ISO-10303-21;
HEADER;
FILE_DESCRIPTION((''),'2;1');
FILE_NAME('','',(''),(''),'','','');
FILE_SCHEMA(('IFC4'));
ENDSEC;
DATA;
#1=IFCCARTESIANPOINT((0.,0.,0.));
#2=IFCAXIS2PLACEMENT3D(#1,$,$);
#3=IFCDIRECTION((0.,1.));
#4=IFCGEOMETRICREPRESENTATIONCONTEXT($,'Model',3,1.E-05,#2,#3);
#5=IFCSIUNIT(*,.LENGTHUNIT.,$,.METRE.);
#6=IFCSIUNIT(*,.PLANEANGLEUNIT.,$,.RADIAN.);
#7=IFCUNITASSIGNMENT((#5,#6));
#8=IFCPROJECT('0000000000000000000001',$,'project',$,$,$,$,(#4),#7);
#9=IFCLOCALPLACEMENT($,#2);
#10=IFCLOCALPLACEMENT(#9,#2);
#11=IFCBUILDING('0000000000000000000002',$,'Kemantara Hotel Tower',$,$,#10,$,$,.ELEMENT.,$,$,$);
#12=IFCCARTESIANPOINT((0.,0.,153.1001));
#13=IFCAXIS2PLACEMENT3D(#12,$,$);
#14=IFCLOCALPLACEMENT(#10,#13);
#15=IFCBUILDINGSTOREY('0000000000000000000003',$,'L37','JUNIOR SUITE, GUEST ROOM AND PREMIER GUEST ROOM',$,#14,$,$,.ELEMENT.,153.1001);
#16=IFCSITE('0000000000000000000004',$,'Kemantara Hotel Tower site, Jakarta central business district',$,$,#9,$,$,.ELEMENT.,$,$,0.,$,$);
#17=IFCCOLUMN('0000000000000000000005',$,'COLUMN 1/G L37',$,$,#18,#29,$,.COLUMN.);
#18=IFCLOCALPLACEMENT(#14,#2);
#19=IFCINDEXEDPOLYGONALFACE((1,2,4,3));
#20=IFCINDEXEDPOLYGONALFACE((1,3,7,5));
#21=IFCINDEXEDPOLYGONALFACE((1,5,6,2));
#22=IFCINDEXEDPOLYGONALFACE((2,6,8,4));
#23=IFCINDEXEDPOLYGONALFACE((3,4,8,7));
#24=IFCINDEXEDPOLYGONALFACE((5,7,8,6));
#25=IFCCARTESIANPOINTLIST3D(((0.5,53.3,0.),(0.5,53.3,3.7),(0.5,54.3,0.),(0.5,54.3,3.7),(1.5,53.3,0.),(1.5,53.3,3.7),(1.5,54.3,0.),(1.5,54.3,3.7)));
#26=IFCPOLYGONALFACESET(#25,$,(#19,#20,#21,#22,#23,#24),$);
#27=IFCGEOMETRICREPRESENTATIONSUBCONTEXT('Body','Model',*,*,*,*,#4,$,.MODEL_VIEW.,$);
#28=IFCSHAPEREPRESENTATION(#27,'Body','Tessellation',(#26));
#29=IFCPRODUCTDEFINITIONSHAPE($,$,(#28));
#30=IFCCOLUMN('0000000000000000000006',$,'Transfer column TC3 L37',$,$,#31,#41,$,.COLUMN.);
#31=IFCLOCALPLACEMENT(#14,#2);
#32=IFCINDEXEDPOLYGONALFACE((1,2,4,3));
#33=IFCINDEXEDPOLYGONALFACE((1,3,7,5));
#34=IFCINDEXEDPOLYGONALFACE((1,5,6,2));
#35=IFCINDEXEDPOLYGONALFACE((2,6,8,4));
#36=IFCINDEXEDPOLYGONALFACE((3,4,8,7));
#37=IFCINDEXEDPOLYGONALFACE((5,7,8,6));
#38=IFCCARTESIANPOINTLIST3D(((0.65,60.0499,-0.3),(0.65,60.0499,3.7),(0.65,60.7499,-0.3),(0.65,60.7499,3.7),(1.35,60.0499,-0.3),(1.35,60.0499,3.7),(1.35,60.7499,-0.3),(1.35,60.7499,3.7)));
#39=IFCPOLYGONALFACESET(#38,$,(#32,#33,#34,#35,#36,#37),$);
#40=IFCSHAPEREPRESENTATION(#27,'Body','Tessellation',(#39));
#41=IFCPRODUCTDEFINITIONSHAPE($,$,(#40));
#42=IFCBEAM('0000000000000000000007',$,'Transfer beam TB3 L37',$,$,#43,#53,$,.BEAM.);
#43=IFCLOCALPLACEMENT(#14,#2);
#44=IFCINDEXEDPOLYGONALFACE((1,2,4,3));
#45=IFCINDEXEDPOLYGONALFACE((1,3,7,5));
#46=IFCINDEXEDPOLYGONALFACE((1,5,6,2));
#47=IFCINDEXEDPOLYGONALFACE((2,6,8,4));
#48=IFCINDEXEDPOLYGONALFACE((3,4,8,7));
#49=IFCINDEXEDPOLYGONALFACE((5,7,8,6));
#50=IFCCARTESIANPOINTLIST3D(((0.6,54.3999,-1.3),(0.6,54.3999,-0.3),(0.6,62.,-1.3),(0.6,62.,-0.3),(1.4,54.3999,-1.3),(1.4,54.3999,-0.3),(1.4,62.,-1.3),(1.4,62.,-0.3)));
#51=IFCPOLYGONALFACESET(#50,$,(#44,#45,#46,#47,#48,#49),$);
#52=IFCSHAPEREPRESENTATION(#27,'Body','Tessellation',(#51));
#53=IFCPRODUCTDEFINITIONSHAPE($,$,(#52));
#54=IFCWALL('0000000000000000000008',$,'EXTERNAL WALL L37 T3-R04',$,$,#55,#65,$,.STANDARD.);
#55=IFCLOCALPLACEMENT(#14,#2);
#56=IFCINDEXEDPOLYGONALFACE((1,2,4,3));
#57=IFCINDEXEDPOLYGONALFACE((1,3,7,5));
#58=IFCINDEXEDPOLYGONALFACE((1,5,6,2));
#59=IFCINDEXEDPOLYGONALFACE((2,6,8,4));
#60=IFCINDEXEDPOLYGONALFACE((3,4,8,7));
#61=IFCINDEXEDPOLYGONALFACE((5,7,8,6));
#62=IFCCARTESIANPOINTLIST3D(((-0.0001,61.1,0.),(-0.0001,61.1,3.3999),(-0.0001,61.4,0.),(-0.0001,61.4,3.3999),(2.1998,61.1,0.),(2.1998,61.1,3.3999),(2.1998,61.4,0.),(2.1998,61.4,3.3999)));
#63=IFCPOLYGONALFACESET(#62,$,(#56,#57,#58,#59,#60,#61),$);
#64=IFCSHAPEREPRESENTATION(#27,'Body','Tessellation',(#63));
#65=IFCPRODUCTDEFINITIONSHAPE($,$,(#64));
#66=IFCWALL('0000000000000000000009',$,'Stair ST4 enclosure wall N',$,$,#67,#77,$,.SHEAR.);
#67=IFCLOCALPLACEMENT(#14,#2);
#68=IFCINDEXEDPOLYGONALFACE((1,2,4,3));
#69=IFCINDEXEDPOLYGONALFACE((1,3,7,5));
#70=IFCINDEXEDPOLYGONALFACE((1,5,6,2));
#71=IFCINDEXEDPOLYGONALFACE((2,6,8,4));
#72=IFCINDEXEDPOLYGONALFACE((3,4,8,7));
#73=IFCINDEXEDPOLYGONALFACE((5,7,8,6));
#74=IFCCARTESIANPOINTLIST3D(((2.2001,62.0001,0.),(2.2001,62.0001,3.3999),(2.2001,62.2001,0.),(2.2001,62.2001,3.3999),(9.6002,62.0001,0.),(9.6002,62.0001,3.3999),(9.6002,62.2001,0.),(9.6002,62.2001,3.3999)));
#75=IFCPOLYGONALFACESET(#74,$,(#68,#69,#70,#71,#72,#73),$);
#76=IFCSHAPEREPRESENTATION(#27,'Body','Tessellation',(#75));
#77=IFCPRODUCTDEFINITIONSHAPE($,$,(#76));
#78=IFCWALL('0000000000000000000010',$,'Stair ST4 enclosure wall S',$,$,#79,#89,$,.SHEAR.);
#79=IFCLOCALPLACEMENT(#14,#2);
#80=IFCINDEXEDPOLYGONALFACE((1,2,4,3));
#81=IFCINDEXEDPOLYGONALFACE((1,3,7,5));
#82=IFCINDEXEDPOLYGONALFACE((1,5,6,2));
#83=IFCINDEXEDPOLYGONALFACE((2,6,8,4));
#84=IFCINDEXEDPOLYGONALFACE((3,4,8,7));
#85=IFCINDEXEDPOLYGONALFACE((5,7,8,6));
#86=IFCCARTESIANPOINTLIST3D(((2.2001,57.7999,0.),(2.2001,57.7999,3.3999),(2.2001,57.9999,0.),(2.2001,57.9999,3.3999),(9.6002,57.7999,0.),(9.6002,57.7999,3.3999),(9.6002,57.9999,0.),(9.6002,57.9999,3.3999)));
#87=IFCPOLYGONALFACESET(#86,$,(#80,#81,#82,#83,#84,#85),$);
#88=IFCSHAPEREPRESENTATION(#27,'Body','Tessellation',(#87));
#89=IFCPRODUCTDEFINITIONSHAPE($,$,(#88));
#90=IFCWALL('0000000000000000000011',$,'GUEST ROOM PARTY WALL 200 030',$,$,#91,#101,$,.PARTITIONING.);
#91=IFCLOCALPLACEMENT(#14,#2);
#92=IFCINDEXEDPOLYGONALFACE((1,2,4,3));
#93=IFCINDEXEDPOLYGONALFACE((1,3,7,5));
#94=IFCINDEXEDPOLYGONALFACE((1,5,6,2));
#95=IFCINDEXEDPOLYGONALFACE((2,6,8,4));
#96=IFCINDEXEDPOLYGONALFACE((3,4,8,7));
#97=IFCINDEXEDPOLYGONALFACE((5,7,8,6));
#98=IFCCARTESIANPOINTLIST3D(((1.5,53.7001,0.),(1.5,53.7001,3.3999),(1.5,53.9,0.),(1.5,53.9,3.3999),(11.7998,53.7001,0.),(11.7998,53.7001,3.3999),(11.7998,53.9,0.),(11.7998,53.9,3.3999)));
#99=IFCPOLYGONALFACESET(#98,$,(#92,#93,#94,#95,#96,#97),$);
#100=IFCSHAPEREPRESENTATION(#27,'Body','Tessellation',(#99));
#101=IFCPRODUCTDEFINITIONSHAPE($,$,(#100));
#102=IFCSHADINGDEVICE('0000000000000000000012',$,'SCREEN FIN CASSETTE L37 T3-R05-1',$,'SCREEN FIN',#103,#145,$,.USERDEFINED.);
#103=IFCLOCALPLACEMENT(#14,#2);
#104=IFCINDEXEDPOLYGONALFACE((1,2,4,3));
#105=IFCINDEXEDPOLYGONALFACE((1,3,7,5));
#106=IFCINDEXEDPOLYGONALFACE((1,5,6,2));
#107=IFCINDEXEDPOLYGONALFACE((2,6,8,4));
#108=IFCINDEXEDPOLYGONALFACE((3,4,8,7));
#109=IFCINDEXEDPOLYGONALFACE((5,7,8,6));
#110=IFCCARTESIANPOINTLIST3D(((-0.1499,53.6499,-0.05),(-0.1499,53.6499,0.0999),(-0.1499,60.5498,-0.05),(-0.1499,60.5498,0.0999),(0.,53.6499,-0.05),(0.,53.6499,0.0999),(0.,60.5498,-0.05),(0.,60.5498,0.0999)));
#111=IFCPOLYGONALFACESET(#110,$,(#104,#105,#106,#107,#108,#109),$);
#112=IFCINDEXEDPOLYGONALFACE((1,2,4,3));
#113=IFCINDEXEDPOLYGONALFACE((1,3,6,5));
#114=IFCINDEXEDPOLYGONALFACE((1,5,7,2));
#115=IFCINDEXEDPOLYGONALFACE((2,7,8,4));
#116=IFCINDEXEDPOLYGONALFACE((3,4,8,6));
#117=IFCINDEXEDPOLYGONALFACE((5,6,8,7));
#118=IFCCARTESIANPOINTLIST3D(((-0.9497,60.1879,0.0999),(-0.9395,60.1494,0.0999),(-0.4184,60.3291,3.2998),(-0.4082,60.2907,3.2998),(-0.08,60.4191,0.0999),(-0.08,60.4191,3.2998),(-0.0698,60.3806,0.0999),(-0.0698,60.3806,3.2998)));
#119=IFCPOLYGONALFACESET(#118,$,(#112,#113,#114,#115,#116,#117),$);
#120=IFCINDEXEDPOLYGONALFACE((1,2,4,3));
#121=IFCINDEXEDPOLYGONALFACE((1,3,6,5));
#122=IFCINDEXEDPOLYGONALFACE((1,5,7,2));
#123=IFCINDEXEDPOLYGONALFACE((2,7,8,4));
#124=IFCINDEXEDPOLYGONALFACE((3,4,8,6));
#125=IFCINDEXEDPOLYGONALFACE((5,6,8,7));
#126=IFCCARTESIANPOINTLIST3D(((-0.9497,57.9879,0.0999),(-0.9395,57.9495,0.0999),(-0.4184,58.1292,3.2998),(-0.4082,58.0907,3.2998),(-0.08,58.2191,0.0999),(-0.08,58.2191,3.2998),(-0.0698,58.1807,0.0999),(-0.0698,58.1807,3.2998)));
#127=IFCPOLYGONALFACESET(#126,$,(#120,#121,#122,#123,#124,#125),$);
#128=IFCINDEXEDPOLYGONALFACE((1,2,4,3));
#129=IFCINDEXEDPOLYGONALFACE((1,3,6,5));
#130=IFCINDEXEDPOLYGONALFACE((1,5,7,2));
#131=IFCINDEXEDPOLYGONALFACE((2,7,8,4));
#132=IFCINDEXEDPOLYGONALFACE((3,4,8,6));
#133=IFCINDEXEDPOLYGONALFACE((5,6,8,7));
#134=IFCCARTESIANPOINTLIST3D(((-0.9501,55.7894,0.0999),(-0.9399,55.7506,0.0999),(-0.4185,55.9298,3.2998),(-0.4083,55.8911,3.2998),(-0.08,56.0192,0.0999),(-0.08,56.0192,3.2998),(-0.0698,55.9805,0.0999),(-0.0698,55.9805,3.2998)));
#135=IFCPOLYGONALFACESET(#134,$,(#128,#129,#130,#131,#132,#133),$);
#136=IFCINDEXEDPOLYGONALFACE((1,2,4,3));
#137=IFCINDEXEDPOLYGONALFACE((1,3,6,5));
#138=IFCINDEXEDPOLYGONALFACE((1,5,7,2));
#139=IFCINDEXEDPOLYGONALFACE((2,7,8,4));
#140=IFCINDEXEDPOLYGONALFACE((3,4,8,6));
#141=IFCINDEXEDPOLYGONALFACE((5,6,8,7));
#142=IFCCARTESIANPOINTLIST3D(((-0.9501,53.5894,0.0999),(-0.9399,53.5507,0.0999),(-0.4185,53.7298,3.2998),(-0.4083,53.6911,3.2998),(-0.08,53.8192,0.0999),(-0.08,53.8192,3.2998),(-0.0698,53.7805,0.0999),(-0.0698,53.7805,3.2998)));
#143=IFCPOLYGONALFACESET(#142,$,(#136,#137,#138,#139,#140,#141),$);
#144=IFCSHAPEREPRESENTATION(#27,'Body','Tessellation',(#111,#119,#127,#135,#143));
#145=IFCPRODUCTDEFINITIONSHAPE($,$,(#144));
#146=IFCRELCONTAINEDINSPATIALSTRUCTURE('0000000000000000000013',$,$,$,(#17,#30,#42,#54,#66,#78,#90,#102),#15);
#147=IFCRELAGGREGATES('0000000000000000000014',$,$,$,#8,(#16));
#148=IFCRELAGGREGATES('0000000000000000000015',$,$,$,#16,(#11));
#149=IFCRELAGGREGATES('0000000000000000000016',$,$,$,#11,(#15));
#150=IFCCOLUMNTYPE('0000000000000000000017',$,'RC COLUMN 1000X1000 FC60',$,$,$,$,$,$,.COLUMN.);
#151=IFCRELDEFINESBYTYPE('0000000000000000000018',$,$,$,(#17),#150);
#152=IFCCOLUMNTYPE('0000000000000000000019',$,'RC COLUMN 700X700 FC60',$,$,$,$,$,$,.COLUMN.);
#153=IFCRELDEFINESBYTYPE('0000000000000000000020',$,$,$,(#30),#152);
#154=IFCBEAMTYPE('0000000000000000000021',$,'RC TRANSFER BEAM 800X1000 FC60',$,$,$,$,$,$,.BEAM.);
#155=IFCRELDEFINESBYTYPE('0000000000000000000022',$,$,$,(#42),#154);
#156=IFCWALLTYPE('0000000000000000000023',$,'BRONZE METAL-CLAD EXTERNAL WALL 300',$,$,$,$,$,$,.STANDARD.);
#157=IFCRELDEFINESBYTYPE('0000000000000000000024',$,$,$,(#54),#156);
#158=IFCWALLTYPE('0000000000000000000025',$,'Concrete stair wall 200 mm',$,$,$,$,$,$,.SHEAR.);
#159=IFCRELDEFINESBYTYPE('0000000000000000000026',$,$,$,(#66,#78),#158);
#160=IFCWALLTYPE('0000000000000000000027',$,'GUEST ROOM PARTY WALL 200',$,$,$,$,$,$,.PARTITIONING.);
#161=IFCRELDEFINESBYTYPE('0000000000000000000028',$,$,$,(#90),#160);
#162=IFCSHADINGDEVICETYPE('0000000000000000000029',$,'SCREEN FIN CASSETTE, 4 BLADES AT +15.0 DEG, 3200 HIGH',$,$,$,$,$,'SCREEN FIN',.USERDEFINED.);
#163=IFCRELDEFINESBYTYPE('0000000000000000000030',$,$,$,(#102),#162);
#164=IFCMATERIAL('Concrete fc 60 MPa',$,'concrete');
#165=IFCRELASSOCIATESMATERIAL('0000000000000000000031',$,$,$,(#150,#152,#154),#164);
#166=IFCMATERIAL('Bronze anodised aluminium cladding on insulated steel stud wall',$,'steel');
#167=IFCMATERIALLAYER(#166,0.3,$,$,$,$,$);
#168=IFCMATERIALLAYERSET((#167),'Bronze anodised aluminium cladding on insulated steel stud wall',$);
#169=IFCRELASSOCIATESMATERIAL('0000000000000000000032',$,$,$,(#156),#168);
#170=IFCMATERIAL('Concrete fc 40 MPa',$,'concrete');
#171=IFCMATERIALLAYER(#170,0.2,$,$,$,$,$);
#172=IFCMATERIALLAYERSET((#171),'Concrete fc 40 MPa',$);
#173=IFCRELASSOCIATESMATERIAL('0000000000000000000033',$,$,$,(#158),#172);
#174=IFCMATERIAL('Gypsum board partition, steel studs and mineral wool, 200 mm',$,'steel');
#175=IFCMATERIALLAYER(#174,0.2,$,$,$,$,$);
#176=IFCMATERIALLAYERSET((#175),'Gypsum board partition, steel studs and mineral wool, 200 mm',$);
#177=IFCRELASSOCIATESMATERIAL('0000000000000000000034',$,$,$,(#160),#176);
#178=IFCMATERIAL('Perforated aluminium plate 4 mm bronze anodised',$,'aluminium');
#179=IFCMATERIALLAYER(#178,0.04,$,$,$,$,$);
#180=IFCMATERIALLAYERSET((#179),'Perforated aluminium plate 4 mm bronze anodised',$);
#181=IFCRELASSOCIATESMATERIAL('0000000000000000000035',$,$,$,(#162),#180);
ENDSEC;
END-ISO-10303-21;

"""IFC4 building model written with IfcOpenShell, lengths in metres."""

from ifc_helpers import new_model, si_unit, direction, frame, frame_2d, origin, origin_2d, place, context, subcontext, project, spatial, polyline, rectangle, outline, extrude, source, transform, mapped, material, layer, layer_set, material_profile, profile_set, type_object, element, save


model = new_model("IFC4")

# Units and contexts
model_context = context("Model", 3, precision=1e-05, world=origin(), true_north=direction((0.0, 1.0)))
body_context = subcontext(model_context, "Body", "Model", "MODEL_VIEW")
ifc_project = project(units=[si_unit("LENGTHUNIT", "METRE"), si_unit("PLANEANGLEUNIT", "RADIAN")], contexts=[model_context])

# Site, building, storey
site_placement = place(None, origin())
site = spatial("IfcSite", under=ifc_project, at=site_placement, Name="Kemantara Hotel Tower site, Jakarta central business district", CompositionType="ELEMENT", RefElevation=0.0)
building_placement = place(site_placement, origin())
building = spatial("IfcBuilding", under=site, at=building_placement, Name="Kemantara Hotel Tower", CompositionType="ELEMENT")
storey_placement = place(building_placement, frame((0.0, 0.0, 153.1001)))
storey = spatial("IfcBuildingStorey", under=building, at=storey_placement, Name="L37", Description="JUNIOR SUITE, GUEST ROOM AND PREMIER GUEST ROOM", CompositionType="ELEMENT", Elevation=153.1001)

# Columns
ifc_material_1 = material(Name="Concrete fc 60 MPa", Category="concrete")
ifc_material_profile_1 = material_profile(ifc_material_1, rectangle(XDim=1.0, YDim=1.0, at=origin_2d()), Name="RC 1000X1000")
ifc_profile_set_1 = profile_set([ifc_material_profile_1], Name="Concrete fc 60 MPa")
column_type_1 = type_object("IfcColumnType", Name="RC COLUMN 1000X1000 FC60", PredefinedType="COLUMN", material=ifc_profile_set_1)
column_1_placement = place(storey_placement, frame((1.0, 53.8, 0.0), z_axis=(0.0, 0.0, 1.0), x_axis=(1.0, 0.0, 0.0)))
element("IfcColumn", 1, at=column_1_placement, inside=storey, type_object=column_type_1, Name="COLUMN 1/G L37", PredefinedType="COLUMN", context=body_context, shape_type="SweptSolid", body=[
    extrude(rectangle(XDim=1.0, YDim=1.0, at=origin_2d()), origin(), (0.0, 0.0, 1.0), 3.7),
])
ifc_material_profile_2 = material_profile(ifc_material_1, rectangle(XDim=0.7, YDim=0.7, at=origin_2d()), Name="RC 700X700")
ifc_profile_set_2 = profile_set([ifc_material_profile_2], Name="Concrete fc 60 MPa")
column_type_2 = type_object("IfcColumnType", Name="RC COLUMN 700X700 FC60", PredefinedType="COLUMN", material=ifc_profile_set_2)
column_2_placement = place(storey_placement, frame((1.0, 60.3999, -0.3), z_axis=(0.0, 0.0, 1.0), x_axis=(1.0, 0.0, 0.0)))
element("IfcColumn", 2, at=column_2_placement, inside=storey, type_object=column_type_2, Name="Transfer column TC3 L37", PredefinedType="COLUMN", context=body_context, shape_type="SweptSolid", body=[
    extrude(rectangle(XDim=0.7, YDim=0.7, at=origin_2d()), origin(), (0.0, 0.0, 1.0), 4.0),
])

# Beam
ifc_material_profile_3 = material_profile(ifc_material_1, rectangle(XDim=0.8, YDim=1.0, at=origin_2d()), Name="RC 800X1000")
ifc_profile_set_3 = profile_set([ifc_material_profile_3], Name="Concrete fc 60 MPa")
beam_type = type_object("IfcBeamType", Name="RC TRANSFER BEAM 800X1000 FC60", PredefinedType="BEAM", material=ifc_profile_set_3)
beam_placement = place(storey_placement, frame((1.0, 54.3999, -0.8), z_axis=(0.0, 1.0, 0.0), x_axis=(-1.0, 0.0, 0.0)))
element("IfcBeam", 3, at=beam_placement, inside=storey, type_object=beam_type, Name="Transfer beam TB3 L37", PredefinedType="BEAM", context=body_context, shape_type="SweptSolid", body=[
    extrude(rectangle(XDim=0.8, YDim=1.0, at=origin_2d()), origin(), (0.0, 0.0, 1.0), 7.6001),
])

# Wall
ifc_material_2 = material(Name="Bronze anodised aluminium cladding on insulated steel stud wall", Category="steel")
ifc_layer_1 = layer(ifc_material_2, 0.3)
ifc_layer_set_1 = layer_set([ifc_layer_1], Name="Bronze anodised aluminium cladding on insulated steel stud wall")
wall_type_1 = type_object("IfcWallType", Name="BRONZE METAL-CLAD EXTERNAL WALL 300", PredefinedType="STANDARD", material=ifc_layer_set_1)
wall_1_placement = place(storey_placement, frame((2.2, 61.25, 0.0), z_axis=(0.0, 0.0, 1.0), x_axis=(-1.0, 0.0, 0.0)))
element("IfcWall", 4, at=wall_1_placement, inside=storey, type_object=wall_type_1, Name="EXTERNAL WALL L37 T3-R04", PredefinedType="STANDARD", context=body_context, shape_type="SweptSolid", body=[
    extrude(rectangle(XDim=2.2, YDim=0.3, at=frame_2d((1.1001, 0.0))), origin(), (0.0, 0.0, 1.0), 3.3999),
])

# Walls
ifc_material_3 = material(Name="Concrete fc 40 MPa", Category="concrete")
ifc_layer_2 = layer(ifc_material_3, 0.2)
ifc_layer_set_2 = layer_set([ifc_layer_2], Name="Concrete fc 40 MPa")
wall_type_2 = type_object("IfcWallType", Name="Concrete stair wall 200 mm", PredefinedType="SHEAR", material=ifc_layer_set_2)
for number, where, z_axis, x_axis, name in (
    (5, (2.2, 62.1001, 0.0), (0.0, 0.0, 1.0), (1.0, 0.0, 0.0), "Stair ST4 enclosure wall N"),
    (6, (2.2, 57.8999, 0.0), (0.0, 0.0, 1.0), (1.0, 0.0, 0.0), "Stair ST4 enclosure wall S"),
):
    element("IfcWall", number, at=place(storey_placement, frame(where, z_axis=z_axis, x_axis=x_axis)), inside=storey, type_object=wall_type_2, Name=name, PredefinedType="SHEAR", context=body_context, shape_type="SweptSolid", body=[
        extrude(rectangle(XDim=7.4001, YDim=0.2, at=frame_2d((3.7002, 0.0))), origin(), (0.0, 0.0, 1.0), 3.3999),
    ])
ifc_material_4 = material(Name="Gypsum board partition, steel studs and mineral wool, 200 mm", Category="steel")
ifc_layer_3 = layer(ifc_material_4, 0.2)
ifc_layer_set_3 = layer_set([ifc_layer_3], Name="Gypsum board partition, steel studs and mineral wool, 200 mm")
wall_type_3 = type_object("IfcWallType", Name="GUEST ROOM PARTY WALL 200", PredefinedType="PARTITIONING", material=ifc_layer_set_3)
wall_2_placement = place(storey_placement, frame((1.5, 53.8, 0.0), z_axis=(0.0, 0.0, 1.0), x_axis=(1.0, 0.0, 0.0)))
element("IfcWall", 7, at=wall_2_placement, inside=storey, type_object=wall_type_3, Name="GUEST ROOM PARTY WALL 200 030", PredefinedType="PARTITIONING", context=body_context, shape_type="SweptSolid", body=[
    extrude(rectangle(XDim=10.2998, YDim=0.2, at=frame_2d((5.1499, 0.0))), origin(), (0.0, 0.0, 1.0), 3.3999),
])

# Shading device
ifc_material_5 = material(Name="Perforated aluminium plate 4 mm bronze anodised", Category="aluminium")
ifc_layer_4 = layer(ifc_material_5, 0.04)
ifc_layer_set_4 = layer_set([ifc_layer_4], Name="Perforated aluminium plate 4 mm bronze anodised")
shading_device_type = type_object("IfcShadingDeviceType", Name="SCREEN FIN CASSETTE, 4 BLADES AT +15.0 DEG, 3200 HIGH", ElementType="SCREEN FIN", PredefinedType="USERDEFINED", material=ifc_layer_set_4)
shared_shape = source(origin(), body_context, "Body", "SweptSolid", [
    extrude(rectangle(XDim=6.8999, YDim=0.1499, at=origin_2d()), frame((3.3, -0.075, -0.1499), z_axis=(0.0, 0.0, 1.0), x_axis=(1.0, 0.0, 0.0)), (0.0, 0.0, 1.0), 0.1499),
    extrude(outline(polyline([(0.0, 0.0), (0.8999, 0.0), (0.3501, 3.2), (0.0, 3.2), (0.0, 0.0)])), frame((0.0193, -0.0698, 0.0), z_axis=(-0.966438, -0.256901, 0.0), x_axis=(0.256901, -0.966438, 0.0)), (0.0, 0.0, 1.0), 0.0398),
    extrude(outline(polyline([(0.0, 0.0), (0.8999, 0.0), (0.3501, 3.2), (0.0, 3.2), (0.0, 0.0)])), frame((2.2192, -0.0698, 0.0), z_axis=(-0.966438, -0.256901, 0.0), x_axis=(0.256901, -0.966438, 0.0)), (0.0, 0.0, 1.0), 0.0398),
    extrude(outline(polyline([(0.0, 0.0), (0.8999, 0.0), (0.3501, 3.2), (0.0, 3.2), (0.0, 0.0)])), frame((4.4194, -0.0698, 0.0), z_axis=(-0.966838, -0.255391, 0.0), x_axis=(0.255391, -0.966838, 0.0)), (0.0, 0.0, 1.0), 0.04),
    extrude(outline(polyline([(0.0, 0.0), (0.8999, 0.0), (0.3501, 3.2), (0.0, 3.2), (0.0, 0.0)])), frame((6.6194, -0.0698, 0.0), z_axis=(-0.966838, -0.255391, 0.0), x_axis=(0.255391, -0.966838, 0.0)), (0.0, 0.0, 1.0), 0.04),
])
shading_device_placement = place(storey_placement, frame((0.0, 60.3999, 0.0999), z_axis=(0.0, 0.0, 1.0), x_axis=(0.0, -1.0, 0.0)))
element("IfcShadingDevice", 8, at=shading_device_placement, inside=storey, type_object=shading_device_type, Name="SCREEN FIN CASSETTE L37 T3-R05-1", ObjectType="SCREEN FIN", PredefinedType="USERDEFINED", context=body_context, shape_type="MappedRepresentation", body=[
    mapped(shared_shape, transform((0.0, 0.0, 0.0))),
])

save(model, "model.ifc")
